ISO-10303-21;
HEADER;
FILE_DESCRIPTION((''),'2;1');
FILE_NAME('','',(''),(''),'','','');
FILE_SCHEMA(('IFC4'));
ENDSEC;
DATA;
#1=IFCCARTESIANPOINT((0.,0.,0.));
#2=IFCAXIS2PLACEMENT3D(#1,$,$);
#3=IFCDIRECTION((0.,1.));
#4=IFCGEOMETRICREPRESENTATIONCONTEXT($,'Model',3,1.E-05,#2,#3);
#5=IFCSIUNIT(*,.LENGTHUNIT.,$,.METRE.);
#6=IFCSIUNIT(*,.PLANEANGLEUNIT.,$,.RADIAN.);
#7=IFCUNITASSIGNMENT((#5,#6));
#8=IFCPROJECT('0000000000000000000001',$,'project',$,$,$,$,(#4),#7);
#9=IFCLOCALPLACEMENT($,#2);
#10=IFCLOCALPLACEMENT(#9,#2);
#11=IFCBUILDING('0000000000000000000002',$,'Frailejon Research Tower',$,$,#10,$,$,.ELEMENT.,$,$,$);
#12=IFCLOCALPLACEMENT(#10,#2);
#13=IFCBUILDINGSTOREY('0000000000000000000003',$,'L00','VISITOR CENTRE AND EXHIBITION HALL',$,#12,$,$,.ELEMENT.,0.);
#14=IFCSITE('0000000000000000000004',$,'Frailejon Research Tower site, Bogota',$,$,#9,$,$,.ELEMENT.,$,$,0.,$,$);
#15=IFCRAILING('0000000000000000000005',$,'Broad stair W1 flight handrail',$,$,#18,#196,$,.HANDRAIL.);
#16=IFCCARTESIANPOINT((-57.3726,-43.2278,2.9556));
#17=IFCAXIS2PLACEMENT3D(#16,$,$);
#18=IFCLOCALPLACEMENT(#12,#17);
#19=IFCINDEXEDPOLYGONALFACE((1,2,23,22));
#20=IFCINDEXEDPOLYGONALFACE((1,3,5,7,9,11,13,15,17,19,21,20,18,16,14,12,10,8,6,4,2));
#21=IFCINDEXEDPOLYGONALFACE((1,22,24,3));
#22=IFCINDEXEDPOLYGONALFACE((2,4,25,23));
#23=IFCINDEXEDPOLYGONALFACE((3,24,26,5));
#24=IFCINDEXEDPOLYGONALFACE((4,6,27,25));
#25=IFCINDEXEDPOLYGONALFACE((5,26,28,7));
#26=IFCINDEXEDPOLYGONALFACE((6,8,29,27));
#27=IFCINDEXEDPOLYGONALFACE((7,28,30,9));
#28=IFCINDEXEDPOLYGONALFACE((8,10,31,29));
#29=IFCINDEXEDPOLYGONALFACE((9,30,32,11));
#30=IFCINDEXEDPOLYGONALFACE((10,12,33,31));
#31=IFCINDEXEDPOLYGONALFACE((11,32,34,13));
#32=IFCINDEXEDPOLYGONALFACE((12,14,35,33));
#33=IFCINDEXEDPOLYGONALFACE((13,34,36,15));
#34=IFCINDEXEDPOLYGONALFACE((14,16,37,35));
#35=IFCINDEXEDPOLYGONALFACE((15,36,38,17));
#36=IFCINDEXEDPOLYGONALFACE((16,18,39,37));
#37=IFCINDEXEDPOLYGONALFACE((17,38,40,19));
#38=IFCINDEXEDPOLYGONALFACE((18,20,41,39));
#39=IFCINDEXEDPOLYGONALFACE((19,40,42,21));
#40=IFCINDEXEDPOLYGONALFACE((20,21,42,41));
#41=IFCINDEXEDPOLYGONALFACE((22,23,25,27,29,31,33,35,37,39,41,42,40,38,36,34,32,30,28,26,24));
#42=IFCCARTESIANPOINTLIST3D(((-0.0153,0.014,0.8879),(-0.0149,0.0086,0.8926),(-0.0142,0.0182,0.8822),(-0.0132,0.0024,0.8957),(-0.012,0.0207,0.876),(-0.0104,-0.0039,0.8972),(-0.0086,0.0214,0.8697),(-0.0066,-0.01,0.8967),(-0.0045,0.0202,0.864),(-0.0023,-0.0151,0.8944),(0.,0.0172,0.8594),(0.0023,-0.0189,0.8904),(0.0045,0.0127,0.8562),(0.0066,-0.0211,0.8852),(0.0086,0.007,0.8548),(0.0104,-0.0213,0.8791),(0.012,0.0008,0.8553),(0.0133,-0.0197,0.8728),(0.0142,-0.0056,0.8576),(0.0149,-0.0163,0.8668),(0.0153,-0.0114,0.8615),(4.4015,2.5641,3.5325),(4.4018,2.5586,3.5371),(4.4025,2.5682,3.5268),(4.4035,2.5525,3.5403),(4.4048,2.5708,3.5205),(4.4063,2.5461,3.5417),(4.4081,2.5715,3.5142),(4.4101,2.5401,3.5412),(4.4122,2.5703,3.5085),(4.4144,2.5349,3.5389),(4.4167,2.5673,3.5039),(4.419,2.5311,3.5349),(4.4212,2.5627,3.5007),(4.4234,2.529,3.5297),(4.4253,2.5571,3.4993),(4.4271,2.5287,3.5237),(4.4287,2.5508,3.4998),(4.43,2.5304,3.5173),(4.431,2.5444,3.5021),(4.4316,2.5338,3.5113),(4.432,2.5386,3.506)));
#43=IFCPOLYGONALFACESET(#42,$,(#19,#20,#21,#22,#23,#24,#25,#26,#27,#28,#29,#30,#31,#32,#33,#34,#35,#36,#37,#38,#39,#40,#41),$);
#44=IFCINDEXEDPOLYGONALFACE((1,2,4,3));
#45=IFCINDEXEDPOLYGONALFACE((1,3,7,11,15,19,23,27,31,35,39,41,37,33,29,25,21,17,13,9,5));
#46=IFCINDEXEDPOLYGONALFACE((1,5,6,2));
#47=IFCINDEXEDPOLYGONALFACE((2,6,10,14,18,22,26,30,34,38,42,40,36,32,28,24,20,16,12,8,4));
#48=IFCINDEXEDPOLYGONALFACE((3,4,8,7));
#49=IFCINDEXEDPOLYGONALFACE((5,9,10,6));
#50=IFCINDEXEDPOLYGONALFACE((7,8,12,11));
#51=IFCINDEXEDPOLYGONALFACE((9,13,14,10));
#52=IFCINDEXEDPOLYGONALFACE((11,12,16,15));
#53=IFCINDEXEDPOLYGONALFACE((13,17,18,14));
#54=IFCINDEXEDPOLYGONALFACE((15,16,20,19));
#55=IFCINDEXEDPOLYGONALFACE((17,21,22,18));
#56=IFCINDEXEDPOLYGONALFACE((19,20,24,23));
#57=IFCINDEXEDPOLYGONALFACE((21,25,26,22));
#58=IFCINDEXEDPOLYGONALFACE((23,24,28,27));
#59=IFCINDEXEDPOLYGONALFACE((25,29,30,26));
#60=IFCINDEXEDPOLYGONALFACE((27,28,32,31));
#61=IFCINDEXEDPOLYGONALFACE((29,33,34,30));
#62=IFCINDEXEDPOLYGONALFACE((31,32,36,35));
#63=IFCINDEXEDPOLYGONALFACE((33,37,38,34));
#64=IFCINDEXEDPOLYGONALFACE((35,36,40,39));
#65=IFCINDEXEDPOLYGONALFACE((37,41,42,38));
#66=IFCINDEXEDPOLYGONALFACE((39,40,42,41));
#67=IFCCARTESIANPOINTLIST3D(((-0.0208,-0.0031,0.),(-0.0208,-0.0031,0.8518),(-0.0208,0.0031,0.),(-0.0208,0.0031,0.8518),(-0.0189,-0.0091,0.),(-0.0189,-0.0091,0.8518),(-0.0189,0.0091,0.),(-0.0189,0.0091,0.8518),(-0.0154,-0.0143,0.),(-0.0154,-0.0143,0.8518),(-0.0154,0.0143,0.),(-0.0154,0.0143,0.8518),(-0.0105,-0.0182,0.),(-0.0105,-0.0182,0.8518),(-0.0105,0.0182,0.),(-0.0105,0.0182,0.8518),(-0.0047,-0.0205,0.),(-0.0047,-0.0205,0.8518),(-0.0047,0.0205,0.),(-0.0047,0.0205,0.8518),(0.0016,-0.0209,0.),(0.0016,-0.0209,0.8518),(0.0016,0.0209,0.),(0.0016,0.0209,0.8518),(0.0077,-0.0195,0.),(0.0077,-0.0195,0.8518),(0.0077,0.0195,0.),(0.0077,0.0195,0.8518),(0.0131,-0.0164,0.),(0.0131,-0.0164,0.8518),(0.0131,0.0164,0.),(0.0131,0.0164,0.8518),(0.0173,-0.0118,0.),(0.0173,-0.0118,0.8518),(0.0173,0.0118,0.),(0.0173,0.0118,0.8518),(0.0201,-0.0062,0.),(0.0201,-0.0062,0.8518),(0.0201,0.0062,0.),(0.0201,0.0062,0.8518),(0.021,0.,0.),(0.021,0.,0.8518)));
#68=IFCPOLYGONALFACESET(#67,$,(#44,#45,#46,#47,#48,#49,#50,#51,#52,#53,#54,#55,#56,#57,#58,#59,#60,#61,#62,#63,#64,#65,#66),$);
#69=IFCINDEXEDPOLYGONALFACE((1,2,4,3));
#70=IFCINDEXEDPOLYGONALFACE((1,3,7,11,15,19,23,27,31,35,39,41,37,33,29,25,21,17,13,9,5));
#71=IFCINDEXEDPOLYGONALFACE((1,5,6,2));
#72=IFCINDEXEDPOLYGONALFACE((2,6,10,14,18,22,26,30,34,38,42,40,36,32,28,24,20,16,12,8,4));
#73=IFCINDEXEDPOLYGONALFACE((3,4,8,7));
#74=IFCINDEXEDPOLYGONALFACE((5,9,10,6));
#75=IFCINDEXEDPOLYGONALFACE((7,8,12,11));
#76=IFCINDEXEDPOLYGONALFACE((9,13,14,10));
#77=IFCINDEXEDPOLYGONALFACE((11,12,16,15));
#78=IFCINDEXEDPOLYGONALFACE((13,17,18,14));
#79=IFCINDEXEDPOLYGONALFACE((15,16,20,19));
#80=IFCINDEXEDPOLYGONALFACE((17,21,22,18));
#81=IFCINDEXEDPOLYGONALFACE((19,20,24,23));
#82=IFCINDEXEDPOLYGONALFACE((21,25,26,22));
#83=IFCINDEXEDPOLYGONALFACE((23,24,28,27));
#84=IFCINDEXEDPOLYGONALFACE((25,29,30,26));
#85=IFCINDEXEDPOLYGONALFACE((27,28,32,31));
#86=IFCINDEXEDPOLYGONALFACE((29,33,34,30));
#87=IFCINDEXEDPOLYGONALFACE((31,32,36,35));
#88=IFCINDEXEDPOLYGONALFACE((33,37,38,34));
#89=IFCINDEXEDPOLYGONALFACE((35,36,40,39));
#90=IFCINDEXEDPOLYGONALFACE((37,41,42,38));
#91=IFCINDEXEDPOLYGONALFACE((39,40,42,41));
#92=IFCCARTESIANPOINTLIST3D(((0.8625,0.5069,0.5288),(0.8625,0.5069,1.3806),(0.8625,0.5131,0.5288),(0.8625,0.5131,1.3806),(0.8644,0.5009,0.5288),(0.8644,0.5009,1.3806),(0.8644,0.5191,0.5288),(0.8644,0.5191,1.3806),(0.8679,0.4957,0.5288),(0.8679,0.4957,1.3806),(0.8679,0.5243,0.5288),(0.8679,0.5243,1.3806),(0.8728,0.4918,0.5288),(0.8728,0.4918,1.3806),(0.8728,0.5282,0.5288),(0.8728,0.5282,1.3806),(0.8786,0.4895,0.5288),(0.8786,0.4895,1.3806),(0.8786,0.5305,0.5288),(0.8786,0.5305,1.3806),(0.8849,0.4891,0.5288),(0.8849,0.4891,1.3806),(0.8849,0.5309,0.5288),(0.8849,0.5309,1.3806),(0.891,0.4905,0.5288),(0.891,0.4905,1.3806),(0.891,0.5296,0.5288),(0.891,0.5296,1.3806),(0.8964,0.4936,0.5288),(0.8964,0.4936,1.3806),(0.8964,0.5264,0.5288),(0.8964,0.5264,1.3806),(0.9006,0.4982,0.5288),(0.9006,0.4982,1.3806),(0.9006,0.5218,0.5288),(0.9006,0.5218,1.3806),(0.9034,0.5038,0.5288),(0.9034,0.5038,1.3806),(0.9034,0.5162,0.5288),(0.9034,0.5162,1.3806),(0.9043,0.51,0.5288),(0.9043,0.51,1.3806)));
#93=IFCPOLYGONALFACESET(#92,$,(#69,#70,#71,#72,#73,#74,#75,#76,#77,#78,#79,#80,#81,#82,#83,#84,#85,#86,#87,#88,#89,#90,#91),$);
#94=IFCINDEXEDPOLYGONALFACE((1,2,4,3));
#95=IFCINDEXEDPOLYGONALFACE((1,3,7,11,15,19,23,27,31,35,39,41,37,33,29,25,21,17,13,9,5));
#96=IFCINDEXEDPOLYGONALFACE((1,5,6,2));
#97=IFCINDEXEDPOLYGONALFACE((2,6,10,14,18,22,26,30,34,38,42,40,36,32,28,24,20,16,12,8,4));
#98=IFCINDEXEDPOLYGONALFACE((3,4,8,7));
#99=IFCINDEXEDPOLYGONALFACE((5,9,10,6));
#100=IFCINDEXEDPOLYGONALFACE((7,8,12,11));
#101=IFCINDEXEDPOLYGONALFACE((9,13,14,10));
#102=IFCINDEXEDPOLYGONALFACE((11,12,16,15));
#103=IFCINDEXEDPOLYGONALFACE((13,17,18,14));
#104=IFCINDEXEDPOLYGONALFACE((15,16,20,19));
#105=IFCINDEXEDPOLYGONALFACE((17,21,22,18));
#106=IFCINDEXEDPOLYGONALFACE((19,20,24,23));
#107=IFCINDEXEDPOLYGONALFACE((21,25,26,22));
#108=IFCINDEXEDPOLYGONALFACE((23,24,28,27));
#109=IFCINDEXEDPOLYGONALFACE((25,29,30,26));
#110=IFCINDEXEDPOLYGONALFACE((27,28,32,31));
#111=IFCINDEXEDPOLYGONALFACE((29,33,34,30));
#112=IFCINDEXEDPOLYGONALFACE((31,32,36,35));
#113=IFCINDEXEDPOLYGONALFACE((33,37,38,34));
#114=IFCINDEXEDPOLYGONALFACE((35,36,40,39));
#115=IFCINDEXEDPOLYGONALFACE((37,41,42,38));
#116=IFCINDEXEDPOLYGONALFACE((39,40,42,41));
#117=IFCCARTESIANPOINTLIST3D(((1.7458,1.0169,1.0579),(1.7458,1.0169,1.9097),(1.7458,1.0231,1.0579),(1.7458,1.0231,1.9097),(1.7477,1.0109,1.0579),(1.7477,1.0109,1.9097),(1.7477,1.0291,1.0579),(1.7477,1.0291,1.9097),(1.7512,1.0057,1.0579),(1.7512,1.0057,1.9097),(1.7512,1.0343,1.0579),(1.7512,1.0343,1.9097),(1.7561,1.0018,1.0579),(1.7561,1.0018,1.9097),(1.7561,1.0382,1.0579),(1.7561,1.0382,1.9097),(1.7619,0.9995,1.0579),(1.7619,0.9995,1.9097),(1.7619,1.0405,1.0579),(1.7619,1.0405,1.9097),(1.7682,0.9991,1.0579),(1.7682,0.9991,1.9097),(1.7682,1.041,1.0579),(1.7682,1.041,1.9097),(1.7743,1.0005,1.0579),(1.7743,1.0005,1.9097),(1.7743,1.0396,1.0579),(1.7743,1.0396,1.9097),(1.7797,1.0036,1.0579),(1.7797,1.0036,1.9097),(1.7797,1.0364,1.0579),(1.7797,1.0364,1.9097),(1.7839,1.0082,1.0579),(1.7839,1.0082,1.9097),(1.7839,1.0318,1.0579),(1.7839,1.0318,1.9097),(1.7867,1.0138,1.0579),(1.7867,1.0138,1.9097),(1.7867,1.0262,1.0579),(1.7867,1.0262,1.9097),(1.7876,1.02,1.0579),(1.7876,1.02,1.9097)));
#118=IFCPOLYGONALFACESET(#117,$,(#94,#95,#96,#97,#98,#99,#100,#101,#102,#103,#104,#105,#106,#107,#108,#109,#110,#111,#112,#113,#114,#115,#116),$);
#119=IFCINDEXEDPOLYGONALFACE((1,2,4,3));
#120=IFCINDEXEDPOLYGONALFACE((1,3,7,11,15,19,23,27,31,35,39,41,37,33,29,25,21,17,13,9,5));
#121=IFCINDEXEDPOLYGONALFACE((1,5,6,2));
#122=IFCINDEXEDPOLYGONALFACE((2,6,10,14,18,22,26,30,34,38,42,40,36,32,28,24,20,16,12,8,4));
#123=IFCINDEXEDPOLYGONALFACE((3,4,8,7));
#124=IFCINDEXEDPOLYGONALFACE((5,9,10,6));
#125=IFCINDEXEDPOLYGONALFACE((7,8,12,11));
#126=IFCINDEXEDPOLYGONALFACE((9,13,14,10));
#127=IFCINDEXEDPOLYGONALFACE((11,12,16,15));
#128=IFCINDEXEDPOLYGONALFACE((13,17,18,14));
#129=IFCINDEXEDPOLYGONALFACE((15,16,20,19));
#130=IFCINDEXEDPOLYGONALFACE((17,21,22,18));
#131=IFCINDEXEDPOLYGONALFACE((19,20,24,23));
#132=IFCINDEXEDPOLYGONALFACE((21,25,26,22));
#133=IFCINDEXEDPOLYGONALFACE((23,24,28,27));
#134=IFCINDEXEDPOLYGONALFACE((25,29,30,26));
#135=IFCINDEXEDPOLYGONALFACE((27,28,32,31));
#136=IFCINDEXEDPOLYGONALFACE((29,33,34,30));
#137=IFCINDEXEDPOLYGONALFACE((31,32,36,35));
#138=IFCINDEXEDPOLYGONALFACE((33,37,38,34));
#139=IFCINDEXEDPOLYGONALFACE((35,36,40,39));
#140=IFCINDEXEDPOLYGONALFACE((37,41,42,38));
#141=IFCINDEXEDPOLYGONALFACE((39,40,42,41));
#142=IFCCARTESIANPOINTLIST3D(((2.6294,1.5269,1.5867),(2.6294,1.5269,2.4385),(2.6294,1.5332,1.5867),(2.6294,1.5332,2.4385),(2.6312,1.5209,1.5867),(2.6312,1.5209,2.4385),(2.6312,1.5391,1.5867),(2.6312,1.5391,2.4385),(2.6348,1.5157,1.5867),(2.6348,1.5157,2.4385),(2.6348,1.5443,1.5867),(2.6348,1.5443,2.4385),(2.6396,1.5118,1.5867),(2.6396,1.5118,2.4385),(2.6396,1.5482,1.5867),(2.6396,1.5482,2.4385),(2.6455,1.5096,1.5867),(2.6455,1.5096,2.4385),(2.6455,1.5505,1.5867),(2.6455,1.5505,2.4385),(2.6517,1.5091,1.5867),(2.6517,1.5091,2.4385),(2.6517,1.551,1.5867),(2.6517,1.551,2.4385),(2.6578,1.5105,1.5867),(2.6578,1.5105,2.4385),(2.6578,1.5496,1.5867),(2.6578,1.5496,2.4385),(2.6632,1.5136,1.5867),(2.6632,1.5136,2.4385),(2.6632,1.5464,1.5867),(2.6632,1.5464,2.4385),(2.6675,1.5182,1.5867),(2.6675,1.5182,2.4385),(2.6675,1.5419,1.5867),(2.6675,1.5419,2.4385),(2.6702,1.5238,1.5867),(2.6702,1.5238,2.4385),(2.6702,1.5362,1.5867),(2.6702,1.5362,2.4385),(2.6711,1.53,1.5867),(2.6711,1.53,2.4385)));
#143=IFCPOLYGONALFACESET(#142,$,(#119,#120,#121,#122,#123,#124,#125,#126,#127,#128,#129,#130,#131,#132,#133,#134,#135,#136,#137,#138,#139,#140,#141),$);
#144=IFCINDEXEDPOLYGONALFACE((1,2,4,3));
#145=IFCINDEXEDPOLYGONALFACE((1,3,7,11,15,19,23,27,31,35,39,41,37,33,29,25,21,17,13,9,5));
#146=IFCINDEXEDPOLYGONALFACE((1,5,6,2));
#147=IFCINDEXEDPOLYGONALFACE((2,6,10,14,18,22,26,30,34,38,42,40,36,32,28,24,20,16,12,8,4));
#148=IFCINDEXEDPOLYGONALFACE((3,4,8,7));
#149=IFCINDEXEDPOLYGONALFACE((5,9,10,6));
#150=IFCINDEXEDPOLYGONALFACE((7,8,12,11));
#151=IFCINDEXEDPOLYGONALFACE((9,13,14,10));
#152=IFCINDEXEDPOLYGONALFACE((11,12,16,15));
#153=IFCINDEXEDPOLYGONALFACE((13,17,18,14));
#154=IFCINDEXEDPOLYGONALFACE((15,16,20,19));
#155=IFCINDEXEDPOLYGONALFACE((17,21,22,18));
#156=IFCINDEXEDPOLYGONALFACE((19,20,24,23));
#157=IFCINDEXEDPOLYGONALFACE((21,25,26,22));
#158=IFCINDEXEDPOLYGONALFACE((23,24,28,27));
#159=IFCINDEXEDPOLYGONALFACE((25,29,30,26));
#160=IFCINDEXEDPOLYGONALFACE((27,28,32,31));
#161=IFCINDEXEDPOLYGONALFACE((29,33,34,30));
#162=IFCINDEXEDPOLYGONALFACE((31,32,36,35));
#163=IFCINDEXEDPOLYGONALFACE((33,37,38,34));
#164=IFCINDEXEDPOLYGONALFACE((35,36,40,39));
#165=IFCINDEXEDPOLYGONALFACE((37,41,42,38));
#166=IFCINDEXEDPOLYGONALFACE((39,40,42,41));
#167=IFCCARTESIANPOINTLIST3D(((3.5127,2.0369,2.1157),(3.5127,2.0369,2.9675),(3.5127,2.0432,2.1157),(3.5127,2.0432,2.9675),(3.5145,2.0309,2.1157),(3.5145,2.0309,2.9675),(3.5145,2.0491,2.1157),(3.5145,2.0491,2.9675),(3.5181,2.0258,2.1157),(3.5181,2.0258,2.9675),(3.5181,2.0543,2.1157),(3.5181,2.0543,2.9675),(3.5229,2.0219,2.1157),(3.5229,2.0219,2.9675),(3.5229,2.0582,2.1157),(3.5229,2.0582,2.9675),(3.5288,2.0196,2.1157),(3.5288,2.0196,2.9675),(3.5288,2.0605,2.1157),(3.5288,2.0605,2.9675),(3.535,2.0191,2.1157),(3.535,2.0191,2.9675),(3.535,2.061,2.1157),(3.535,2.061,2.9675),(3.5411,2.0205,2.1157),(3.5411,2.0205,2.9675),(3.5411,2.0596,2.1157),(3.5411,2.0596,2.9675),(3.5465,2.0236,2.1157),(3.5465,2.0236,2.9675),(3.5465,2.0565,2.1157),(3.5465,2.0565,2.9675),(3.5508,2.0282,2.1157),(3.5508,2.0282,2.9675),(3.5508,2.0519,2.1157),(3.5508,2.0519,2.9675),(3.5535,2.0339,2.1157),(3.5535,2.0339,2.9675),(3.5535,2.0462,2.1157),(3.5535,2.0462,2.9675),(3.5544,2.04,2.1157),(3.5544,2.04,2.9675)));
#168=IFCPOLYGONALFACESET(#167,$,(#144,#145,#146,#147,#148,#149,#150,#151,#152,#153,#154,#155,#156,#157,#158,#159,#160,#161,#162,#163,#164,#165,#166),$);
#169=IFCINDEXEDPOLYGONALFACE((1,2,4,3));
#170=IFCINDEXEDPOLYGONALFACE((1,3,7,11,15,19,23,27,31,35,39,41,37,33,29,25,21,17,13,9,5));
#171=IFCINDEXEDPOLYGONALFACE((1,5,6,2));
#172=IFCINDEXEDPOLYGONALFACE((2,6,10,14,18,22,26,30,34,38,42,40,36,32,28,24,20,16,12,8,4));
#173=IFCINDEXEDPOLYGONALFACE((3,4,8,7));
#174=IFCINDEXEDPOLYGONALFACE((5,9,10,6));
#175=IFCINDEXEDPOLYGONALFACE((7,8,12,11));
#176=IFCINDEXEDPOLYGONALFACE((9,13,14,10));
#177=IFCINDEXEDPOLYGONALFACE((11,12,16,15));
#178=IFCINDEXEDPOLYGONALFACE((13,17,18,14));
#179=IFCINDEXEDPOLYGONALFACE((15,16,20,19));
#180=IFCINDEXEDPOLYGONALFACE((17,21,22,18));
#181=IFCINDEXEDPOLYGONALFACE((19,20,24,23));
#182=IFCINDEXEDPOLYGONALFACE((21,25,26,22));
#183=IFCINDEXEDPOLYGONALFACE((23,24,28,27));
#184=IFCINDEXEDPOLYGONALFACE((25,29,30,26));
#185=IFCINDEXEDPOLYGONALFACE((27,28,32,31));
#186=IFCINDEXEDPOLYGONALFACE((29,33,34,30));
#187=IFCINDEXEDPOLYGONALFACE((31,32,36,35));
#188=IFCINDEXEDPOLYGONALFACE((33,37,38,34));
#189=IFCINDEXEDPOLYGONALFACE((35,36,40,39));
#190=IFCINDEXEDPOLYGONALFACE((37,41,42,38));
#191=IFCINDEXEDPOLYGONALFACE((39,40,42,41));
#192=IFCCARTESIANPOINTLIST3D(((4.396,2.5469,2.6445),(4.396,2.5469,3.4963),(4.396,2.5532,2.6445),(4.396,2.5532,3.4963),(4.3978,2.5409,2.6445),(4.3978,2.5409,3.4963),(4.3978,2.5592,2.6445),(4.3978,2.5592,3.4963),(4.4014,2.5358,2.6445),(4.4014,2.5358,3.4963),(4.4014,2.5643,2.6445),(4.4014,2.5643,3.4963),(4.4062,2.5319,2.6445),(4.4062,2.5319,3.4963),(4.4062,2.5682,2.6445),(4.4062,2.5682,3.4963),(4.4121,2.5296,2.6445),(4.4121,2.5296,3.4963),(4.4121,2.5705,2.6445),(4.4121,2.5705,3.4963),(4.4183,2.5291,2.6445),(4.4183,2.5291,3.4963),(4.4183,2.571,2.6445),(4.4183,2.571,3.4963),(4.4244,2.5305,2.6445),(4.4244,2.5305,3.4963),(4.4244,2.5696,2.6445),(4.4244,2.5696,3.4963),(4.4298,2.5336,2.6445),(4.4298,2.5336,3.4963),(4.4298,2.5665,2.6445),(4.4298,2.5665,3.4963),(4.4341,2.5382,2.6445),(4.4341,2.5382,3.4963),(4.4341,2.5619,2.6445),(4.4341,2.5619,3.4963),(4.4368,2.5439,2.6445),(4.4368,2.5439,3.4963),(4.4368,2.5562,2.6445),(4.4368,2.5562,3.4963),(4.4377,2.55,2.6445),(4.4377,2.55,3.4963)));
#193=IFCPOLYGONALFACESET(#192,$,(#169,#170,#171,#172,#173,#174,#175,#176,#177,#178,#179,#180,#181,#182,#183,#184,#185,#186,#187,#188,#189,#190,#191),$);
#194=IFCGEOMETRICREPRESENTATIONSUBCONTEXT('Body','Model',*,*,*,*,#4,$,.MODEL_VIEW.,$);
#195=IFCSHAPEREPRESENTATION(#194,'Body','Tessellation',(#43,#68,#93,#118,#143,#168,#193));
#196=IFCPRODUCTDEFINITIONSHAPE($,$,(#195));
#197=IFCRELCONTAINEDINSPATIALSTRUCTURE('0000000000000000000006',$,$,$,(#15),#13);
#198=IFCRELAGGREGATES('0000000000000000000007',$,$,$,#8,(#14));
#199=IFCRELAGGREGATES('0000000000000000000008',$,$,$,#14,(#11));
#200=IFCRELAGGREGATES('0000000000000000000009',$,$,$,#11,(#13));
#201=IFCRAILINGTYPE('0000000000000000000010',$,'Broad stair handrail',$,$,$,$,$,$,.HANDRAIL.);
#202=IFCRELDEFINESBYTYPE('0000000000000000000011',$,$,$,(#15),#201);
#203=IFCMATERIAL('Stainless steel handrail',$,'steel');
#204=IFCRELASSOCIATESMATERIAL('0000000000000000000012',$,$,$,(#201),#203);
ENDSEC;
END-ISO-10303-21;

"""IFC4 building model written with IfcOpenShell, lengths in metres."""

from ifc_helpers import new_model, si_unit, direction, frame, origin, origin_2d, place, context, subcontext, project, spatial, circle, extrude, material, type_object, element, save


model = new_model("IFC4")

# Units and contexts
model_context = context("Model", 3, precision=1e-05, world=origin(), true_north=direction((0.0, 1.0)))
body_context = subcontext(model_context, "Body", "Model", "MODEL_VIEW")
ifc_project = project(units=[si_unit("LENGTHUNIT", "METRE"), si_unit("PLANEANGLEUNIT", "RADIAN")], contexts=[model_context])

# Site, building, storey
site_placement = place(None, origin())
site = spatial("IfcSite", under=ifc_project, at=site_placement, Name="Frailejon Research Tower site, Bogota", CompositionType="ELEMENT", RefElevation=0.0)
building_placement = place(site_placement, origin())
building = spatial("IfcBuilding", under=site, at=building_placement, Name="Frailejon Research Tower", CompositionType="ELEMENT")
storey_placement = place(building_placement, origin())
storey = spatial("IfcBuildingStorey", under=building, at=storey_placement, Name="L00", Description="VISITOR CENTRE AND EXHIBITION HALL", CompositionType="ELEMENT", Elevation=0.0)

# Railing
ifc_material_1 = material(Name="Stainless steel handrail", Category="steel")
railing_type_1 = type_object("IfcRailingType", Name="Broad stair handrail", PredefinedType="HANDRAIL", material=ifc_material_1)
for number, where, name in (
    (1, (-57.3726, -43.2278, 2.9556), "Broad stair W1 flight handrail"),
):
    element("IfcRailing", number, at=place(storey_placement, frame(where)), inside=storey, type_object=railing_type_1, Name=name, PredefinedType="HANDRAIL", context=body_context, shape_type="SweptSolid", body=[
        extrude(circle(Radius=0.0239, at=origin_2d()), frame((0.0, 0.0, 0.876), z_axis=(0.768811, 0.44388, 0.460326), x_axis=(-0.500006, 0.866022, 0.0)), (0.0, 0.0, 1.0), 5.7449),
        extrude(circle(Radius=0.021, at=origin_2d()), origin(), (0.0, 0.0, 1.0), 0.8518),
        extrude(circle(Radius=0.021, at=origin_2d()), frame((0.8833, 0.51, 0.5288)), (0.0, 0.0, 1.0), 0.8518),
        extrude(circle(Radius=0.021, at=origin_2d()), frame((1.7666, 1.02, 1.0579)), (0.0, 0.0, 1.0), 0.8518),
        extrude(circle(Radius=0.021, at=origin_2d()), frame((2.6501, 1.53, 1.5867)), (0.0, 0.0, 1.0), 0.8518),
        extrude(circle(Radius=0.021, at=origin_2d()), frame((3.5334, 2.04, 2.1157)), (0.0, 0.0, 1.0), 0.8518),
        extrude(circle(Radius=0.021, at=origin_2d()), frame((4.4167, 2.55, 2.6445)), (0.0, 0.0, 1.0), 0.8518),
    ])

save(model, "model.ifc")
